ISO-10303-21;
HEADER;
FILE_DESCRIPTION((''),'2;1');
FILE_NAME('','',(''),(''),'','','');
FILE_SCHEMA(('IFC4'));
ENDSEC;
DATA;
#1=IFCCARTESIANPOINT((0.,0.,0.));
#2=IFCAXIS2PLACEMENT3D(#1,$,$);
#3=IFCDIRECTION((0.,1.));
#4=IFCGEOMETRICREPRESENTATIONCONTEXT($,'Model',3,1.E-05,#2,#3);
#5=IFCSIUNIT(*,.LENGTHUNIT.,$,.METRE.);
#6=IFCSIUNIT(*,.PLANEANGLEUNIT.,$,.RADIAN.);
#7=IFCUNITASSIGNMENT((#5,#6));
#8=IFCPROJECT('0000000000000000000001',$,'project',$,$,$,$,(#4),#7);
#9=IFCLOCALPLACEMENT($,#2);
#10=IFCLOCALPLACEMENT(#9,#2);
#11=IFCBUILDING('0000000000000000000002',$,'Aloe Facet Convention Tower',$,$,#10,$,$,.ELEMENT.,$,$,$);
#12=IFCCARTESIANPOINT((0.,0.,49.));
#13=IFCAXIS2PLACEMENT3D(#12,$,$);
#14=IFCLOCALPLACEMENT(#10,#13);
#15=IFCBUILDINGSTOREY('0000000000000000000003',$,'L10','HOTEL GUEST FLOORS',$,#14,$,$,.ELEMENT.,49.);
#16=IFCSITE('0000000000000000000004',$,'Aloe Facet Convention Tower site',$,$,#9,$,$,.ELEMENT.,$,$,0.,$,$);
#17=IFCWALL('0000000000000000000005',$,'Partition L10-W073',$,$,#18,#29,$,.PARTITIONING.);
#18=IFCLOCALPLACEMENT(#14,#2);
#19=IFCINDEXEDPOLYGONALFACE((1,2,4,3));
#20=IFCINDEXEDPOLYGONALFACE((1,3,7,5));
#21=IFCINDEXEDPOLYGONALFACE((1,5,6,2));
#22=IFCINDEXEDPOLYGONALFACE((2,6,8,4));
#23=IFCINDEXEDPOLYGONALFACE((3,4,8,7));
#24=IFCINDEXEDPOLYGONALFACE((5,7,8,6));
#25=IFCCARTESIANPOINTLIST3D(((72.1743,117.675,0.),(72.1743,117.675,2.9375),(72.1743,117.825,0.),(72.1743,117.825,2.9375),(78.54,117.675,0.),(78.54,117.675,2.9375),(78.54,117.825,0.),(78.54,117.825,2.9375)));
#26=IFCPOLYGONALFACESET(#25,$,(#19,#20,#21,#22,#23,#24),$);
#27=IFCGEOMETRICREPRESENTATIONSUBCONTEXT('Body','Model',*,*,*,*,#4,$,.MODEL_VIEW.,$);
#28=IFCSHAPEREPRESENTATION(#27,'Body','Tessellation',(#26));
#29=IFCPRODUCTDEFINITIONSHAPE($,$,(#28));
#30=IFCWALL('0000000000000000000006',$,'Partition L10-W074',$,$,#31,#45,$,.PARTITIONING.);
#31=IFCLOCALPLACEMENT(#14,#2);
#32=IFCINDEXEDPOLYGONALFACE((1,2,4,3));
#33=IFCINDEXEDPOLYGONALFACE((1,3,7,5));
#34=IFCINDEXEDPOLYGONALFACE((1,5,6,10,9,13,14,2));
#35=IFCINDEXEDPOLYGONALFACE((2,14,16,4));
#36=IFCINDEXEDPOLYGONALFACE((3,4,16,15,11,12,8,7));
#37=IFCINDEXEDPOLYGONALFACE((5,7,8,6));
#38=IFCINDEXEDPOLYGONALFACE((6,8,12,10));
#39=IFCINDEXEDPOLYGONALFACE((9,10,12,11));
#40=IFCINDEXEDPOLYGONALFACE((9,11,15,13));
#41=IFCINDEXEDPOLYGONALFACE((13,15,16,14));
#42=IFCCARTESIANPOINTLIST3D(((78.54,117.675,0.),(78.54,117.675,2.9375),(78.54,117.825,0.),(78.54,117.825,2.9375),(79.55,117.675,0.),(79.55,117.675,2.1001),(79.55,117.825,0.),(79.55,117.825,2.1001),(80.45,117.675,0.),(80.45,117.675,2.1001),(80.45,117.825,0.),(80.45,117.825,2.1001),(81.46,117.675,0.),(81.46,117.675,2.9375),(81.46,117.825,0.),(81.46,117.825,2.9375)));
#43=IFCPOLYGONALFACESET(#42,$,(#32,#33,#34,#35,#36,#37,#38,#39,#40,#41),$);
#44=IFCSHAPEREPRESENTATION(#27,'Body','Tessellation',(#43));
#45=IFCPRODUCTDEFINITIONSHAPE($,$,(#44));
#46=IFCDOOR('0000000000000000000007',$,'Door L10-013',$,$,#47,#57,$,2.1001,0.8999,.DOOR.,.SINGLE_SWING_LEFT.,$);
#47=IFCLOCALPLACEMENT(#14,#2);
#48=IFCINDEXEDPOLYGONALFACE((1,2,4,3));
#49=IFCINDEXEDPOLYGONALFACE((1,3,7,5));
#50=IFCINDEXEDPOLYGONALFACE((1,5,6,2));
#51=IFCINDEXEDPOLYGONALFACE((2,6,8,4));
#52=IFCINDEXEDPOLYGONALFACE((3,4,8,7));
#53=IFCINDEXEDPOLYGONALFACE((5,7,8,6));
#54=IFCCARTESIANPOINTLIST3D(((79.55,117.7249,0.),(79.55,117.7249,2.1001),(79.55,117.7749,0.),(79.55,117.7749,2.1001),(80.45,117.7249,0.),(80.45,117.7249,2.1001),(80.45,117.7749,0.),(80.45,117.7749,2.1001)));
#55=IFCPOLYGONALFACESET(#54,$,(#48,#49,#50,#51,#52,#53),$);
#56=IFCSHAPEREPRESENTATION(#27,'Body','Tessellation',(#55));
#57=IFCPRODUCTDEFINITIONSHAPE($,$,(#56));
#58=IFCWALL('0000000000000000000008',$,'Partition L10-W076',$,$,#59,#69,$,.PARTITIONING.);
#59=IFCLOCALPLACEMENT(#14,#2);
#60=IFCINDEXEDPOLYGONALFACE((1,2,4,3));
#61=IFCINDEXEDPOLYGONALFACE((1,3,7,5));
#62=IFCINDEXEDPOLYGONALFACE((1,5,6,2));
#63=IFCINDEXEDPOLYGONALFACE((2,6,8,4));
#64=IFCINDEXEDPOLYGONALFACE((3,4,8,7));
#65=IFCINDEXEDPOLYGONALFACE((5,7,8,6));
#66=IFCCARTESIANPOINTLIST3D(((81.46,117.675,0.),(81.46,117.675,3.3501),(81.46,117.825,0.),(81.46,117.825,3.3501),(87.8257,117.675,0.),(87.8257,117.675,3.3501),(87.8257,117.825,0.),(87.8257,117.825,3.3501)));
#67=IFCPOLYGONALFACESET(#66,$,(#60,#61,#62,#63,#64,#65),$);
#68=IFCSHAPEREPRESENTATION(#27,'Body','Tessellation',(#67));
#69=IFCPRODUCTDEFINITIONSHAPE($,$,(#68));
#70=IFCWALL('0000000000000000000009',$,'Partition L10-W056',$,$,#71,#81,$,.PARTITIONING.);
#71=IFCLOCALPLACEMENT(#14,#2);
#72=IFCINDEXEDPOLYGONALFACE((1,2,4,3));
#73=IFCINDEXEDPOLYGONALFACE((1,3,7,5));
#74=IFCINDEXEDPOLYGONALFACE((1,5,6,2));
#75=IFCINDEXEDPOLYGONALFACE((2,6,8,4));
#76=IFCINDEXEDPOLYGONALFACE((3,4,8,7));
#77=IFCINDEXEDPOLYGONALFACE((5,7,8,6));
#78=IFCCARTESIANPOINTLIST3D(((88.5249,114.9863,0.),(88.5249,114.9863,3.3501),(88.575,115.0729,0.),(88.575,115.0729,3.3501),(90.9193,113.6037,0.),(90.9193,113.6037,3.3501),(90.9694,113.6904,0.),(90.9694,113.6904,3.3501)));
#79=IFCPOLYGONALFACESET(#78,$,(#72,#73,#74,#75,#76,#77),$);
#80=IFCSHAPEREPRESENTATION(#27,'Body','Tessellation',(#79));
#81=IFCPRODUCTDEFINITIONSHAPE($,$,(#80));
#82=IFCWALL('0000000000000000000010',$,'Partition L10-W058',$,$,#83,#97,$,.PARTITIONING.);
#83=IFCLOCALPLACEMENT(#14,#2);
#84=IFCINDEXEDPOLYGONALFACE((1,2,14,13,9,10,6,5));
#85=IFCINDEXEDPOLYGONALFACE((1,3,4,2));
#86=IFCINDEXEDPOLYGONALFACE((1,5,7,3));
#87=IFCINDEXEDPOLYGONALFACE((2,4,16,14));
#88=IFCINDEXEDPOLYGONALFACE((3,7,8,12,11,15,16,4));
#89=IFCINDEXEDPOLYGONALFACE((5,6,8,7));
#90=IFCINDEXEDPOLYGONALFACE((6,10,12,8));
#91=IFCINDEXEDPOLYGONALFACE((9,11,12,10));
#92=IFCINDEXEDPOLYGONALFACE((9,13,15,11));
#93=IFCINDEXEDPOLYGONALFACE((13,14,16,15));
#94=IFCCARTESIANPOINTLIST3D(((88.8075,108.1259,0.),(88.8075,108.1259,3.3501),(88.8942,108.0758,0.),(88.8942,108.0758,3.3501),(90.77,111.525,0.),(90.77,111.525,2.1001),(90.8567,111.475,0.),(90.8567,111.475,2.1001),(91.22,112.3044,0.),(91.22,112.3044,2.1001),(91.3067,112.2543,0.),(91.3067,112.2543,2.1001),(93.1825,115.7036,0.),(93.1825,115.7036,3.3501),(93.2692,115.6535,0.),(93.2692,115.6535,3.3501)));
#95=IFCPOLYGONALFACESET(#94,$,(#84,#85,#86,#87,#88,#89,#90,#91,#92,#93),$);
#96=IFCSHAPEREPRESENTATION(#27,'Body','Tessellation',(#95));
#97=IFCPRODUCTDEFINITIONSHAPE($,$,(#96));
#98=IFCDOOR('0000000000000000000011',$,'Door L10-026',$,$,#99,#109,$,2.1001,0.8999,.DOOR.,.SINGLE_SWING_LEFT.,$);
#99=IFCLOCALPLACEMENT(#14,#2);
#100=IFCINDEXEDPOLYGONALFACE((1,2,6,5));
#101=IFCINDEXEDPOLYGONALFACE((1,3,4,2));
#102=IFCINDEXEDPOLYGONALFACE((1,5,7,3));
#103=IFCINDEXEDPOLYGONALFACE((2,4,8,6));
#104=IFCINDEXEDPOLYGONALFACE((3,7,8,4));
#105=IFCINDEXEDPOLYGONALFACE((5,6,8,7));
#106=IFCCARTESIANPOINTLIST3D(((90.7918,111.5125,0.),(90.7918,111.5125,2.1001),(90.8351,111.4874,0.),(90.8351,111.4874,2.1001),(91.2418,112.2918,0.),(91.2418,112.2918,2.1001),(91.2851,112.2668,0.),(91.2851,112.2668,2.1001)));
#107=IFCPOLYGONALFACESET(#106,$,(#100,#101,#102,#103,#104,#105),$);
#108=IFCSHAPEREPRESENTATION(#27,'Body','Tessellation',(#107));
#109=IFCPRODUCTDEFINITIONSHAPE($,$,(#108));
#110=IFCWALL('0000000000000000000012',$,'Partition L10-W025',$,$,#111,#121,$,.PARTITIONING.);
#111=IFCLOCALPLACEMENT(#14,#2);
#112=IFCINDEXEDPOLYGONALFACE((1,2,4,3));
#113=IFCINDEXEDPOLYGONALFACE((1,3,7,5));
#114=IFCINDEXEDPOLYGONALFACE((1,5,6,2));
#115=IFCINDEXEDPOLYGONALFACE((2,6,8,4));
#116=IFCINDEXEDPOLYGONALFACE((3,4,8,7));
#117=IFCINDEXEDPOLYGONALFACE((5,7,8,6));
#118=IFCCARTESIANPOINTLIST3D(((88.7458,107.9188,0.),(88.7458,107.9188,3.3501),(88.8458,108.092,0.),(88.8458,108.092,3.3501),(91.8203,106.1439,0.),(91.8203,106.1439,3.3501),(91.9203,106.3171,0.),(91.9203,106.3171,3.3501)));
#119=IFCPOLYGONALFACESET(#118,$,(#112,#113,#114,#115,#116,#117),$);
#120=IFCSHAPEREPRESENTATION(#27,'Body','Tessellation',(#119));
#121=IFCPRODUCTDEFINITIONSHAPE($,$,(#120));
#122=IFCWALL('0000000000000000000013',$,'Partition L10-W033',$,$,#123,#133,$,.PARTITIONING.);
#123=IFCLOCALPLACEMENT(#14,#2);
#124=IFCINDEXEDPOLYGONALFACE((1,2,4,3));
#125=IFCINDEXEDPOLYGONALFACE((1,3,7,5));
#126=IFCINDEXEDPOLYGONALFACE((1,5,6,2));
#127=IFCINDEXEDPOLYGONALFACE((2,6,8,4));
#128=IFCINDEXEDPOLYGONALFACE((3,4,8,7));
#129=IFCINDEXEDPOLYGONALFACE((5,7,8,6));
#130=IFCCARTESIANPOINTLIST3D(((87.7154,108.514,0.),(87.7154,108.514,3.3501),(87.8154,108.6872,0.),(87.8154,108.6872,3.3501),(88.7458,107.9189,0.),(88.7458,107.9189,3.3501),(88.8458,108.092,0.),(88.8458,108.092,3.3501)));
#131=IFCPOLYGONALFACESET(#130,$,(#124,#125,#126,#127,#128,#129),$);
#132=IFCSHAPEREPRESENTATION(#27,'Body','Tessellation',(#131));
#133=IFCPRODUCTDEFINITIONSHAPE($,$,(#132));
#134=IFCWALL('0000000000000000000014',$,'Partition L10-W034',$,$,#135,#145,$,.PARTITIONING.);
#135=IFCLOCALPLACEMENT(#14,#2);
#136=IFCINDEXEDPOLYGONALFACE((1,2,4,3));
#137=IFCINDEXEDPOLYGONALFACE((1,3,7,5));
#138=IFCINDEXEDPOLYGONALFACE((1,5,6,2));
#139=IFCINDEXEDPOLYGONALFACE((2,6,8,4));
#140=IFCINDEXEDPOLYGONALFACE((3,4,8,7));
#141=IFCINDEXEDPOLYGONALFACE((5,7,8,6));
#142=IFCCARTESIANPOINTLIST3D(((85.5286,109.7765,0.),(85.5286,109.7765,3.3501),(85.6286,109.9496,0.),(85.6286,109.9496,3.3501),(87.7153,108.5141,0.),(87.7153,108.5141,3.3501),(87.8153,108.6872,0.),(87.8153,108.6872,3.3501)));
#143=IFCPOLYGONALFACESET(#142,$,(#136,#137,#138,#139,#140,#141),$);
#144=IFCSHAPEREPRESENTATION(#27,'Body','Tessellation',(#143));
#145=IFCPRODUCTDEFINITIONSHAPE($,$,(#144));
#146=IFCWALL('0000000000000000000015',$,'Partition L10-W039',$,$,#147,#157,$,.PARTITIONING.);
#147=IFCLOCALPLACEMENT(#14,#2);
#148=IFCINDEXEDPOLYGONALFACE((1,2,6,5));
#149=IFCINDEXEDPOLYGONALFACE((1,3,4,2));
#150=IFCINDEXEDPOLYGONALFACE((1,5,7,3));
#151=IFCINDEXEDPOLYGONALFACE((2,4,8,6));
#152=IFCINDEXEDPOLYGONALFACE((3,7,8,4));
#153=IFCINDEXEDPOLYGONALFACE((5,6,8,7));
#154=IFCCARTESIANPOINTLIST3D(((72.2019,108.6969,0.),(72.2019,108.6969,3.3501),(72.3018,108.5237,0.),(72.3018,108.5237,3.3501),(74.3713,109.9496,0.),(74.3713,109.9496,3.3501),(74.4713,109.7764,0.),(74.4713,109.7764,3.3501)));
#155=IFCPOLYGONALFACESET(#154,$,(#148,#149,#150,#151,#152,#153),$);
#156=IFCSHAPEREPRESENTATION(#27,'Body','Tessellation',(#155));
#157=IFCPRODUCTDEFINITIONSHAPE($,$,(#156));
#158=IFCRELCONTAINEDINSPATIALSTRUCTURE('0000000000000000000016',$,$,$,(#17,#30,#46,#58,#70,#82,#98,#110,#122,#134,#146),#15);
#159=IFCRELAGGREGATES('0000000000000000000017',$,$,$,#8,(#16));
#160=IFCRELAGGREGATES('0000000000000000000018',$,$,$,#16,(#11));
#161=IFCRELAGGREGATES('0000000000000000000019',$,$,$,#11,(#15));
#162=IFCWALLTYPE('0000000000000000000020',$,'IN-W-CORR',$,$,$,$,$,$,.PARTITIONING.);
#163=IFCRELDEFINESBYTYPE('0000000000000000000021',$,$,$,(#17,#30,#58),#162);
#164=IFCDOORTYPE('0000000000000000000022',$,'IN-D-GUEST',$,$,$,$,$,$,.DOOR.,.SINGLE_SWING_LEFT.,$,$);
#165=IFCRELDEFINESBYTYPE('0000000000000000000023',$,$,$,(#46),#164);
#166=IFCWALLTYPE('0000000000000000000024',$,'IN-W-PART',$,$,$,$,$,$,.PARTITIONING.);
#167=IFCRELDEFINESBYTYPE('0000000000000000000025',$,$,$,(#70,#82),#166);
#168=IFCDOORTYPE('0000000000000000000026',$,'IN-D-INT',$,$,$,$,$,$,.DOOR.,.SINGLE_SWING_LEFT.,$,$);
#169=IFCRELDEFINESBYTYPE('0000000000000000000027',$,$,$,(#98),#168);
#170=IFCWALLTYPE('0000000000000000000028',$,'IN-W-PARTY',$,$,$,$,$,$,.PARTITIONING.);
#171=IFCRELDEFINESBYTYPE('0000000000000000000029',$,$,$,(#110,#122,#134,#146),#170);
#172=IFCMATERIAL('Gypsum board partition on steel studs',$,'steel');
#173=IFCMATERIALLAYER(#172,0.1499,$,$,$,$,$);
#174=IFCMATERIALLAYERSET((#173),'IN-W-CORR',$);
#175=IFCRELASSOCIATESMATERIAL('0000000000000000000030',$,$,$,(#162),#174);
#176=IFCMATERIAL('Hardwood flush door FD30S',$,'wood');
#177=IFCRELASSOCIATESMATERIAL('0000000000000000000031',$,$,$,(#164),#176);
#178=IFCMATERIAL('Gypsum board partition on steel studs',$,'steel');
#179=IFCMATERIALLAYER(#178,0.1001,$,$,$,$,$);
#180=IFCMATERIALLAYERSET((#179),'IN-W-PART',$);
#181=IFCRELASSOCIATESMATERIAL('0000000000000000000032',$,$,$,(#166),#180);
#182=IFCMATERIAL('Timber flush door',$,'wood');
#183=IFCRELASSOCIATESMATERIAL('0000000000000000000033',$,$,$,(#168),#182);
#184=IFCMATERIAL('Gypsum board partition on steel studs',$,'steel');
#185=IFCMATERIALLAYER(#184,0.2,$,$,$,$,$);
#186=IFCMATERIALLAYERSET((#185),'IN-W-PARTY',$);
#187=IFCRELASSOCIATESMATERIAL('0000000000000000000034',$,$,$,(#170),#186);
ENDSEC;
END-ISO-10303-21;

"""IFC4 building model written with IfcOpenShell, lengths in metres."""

from ifc_helpers import new_model, si_unit, direction, frame, frame_2d, origin, place, context, subcontext, project, spatial, rectangle, extrude, material, layer, layer_set, type_object, element, fill, save


model = new_model("IFC4")

# Units and contexts
model_context = context("Model", 3, precision=1e-05, world=origin(), true_north=direction((0.0, 1.0)))
body_context = subcontext(model_context, "Body", "Model", "MODEL_VIEW")
ifc_project = project(units=[si_unit("LENGTHUNIT", "METRE"), si_unit("PLANEANGLEUNIT", "RADIAN")], contexts=[model_context])

# Site, building, storey
site_placement = place(None, origin())
site = spatial("IfcSite", under=ifc_project, at=site_placement, Name="Aloe Facet Convention Tower site", CompositionType="ELEMENT", RefElevation=0.0)
building_placement = place(site_placement, origin())
building = spatial("IfcBuilding", under=site, at=building_placement, Name="Aloe Facet Convention Tower", CompositionType="ELEMENT")
storey_placement = place(building_placement, frame((0.0, 0.0, 49.0)))
storey = spatial("IfcBuildingStorey", under=building, at=storey_placement, Name="L10", Description="HOTEL GUEST FLOORS", CompositionType="ELEMENT", Elevation=49.0)

# Shared definitions
ifc_material_1 = material(Name="Gypsum board partition on steel studs", Category="steel")
ifc_layer_1 = layer(ifc_material_1, 0.1499)
ifc_layer_set_1 = layer_set([ifc_layer_1], Name="IN-W-CORR")
wall_type_1 = type_object("IfcWallType", Name="IN-W-CORR", PredefinedType="PARTITIONING", material=ifc_layer_set_1)
ifc_material_2 = material(Name="Hardwood flush door FD30S", Category="wood")
door_type_1 = type_object("IfcDoorType", Name="IN-D-GUEST", OperationType="SINGLE_SWING_LEFT", PredefinedType="DOOR", material=ifc_material_2)

# Wall
wall_1_placement = place(storey_placement, frame((72.1743, 117.75, 0.0), z_axis=(0.0, 0.0, 1.0), x_axis=(1.0, 0.0, 0.0)))
element("IfcWall", 1, at=wall_1_placement, inside=storey, type_object=wall_type_1, Name="Partition L10-W073", PredefinedType="PARTITIONING", context=body_context, shape_type="SweptSolid", body=[
    extrude(rectangle(XDim=6.3657, YDim=0.1499, at=frame_2d((3.1829, 0.0))), origin(), (0.0, 0.0, 1.0), 2.9375),
])

# Wall, opening, door
wall_2_placement = place(storey_placement, frame((78.54, 117.75, 0.0), z_axis=(0.0, 0.0, 1.0), x_axis=(1.0, 0.0, 0.0)))
wall_2 = element("IfcWall", 2, at=wall_2_placement, inside=storey, type_object=wall_type_1, Name="Partition L10-W074", PredefinedType="PARTITIONING", context=body_context, shape_type="SweptSolid", body=[
    extrude(rectangle(XDim=2.9199, YDim=0.1499, at=frame_2d((1.46, 0.0))), origin(), (0.0, 0.0, 1.0), 2.9375),
])
opening_1_placement = place(wall_2_placement, frame((1.01, 0.0, 0.0)))
opening_1 = element("IfcOpeningElement", 3, at=opening_1_placement, cuts=wall_2, PredefinedType="OPENING", context=body_context, shape_type="SweptSolid", body=[
    extrude(rectangle(XDim=0.8999, YDim=2.1001, at=frame_2d((0.45, 1.05))), frame((0.0, 0.085, 0.0), z_axis=(0.0, -1.0, 0.0), x_axis=(1.0, 0.0, 0.0)), (0.0, 0.0, 1.0), 0.1699),
])
door_1_placement = place(opening_1_placement, origin())
door_1 = element("IfcDoor", 4, at=door_1_placement, inside=storey, type_object=door_type_1, Name="Door L10-013", OperationType="SINGLE_SWING_LEFT", OverallHeight=2.1001, OverallWidth=0.8999, PredefinedType="DOOR", context=body_context, shape_type="SweptSolid", body=[
    extrude(rectangle(XDim=0.8999, YDim=2.1001, at=frame_2d((0.45, 1.05))), frame((0.0, 0.0249, 0.0), z_axis=(0.0, -1.0, 0.0), x_axis=(1.0, 0.0, 0.0)), (0.0, 0.0, 1.0), 0.05),
])
fill(opening_1, door_1)

# Walls
wall_3_placement = place(storey_placement, frame((81.46, 117.75, 0.0), z_axis=(0.0, 0.0, 1.0), x_axis=(1.0, 0.0, 0.0)))
element("IfcWall", 5, at=wall_3_placement, inside=storey, type_object=wall_type_1, Name="Partition L10-W076", PredefinedType="PARTITIONING", context=body_context, shape_type="SweptSolid", body=[
    extrude(rectangle(XDim=6.3657, YDim=0.1499, at=frame_2d((3.1829, 0.0))), origin(), (0.0, 0.0, 1.0), 3.3501),
])
ifc_material_3 = material(Name="Gypsum board partition on steel studs", Category="steel")
ifc_layer_2 = layer(ifc_material_3, 0.1001)
ifc_layer_set_2 = layer_set([ifc_layer_2], Name="IN-W-PART")
wall_type_2 = type_object("IfcWallType", Name="IN-W-PART", PredefinedType="PARTITIONING", material=ifc_layer_set_2)
wall_4_placement = place(storey_placement, frame((88.55, 115.0295, 0.0), z_axis=(0.0, 0.0, 1.0), x_axis=(0.866012, -0.500023, 0.0)))
element("IfcWall", 6, at=wall_4_placement, inside=storey, type_object=wall_type_2, Name="Partition L10-W056", PredefinedType="PARTITIONING", context=body_context, shape_type="SweptSolid", body=[
    extrude(rectangle(XDim=2.7649, YDim=0.1001, at=frame_2d((1.3823, 0.0))), origin(), (0.0, 0.0, 1.0), 3.3501),
])

# Wall, opening, door
wall_5_placement = place(storey_placement, frame((88.8508, 108.1008, 0.0), z_axis=(0.0, 0.0, 1.0), x_axis=(0.500004, 0.866023, 0.0)))
wall_5 = element("IfcWall", 7, at=wall_5_placement, inside=storey, type_object=wall_type_2, Name="Partition L10-W058", PredefinedType="PARTITIONING", context=body_context, shape_type="SweptSolid", body=[
    extrude(rectangle(XDim=8.75, YDim=0.1001, at=frame_2d((4.375, 0.0))), origin(), (0.0, 0.0, 1.0), 3.3501),
])
opening_2_placement = place(wall_5_placement, frame((3.925, 0.0, 0.0)))
opening_2 = element("IfcOpeningElement", 8, at=opening_2_placement, cuts=wall_5, PredefinedType="OPENING", context=body_context, shape_type="SweptSolid", body=[
    extrude(rectangle(XDim=0.8999, YDim=2.1001, at=frame_2d((0.45, 1.05))), frame((0.0, 0.0601, 0.0), z_axis=(0.0, -1.0, 0.0), x_axis=(1.0, 0.0, 0.0)), (0.0, 0.0, 1.0), 0.1201),
])
ifc_material_4 = material(Name="Timber flush door", Category="wood")
door_type_2 = type_object("IfcDoorType", Name="IN-D-INT", OperationType="SINGLE_SWING_LEFT", PredefinedType="DOOR", material=ifc_material_4)
door_2_placement = place(opening_2_placement, origin())
door_2 = element("IfcDoor", 9, at=door_2_placement, inside=storey, type_object=door_type_2, Name="Door L10-026", OperationType="SINGLE_SWING_LEFT", OverallHeight=2.1001, OverallWidth=0.8999, PredefinedType="DOOR", context=body_context, shape_type="SweptSolid", body=[
    extrude(rectangle(XDim=0.8999, YDim=2.1001, at=frame_2d((0.45, 1.05))), frame((0.0, 0.0249, 0.0), z_axis=(0.0, -1.0, 0.0), x_axis=(1.0, 0.0, 0.0)), (0.0, 0.0, 1.0), 0.05),
])
fill(opening_2, door_2)

# Walls
ifc_material_5 = material(Name="Gypsum board partition on steel studs", Category="steel")
ifc_layer_3 = layer(ifc_material_5, 0.2)
ifc_layer_set_3 = layer_set([ifc_layer_3], Name="IN-W-PARTY")
wall_type_3 = type_object("IfcWallType", Name="IN-W-PARTY", PredefinedType="PARTITIONING", material=ifc_layer_set_3)
wall_6_placement = place(storey_placement, frame((88.7959, 108.0054, 0.0), z_axis=(0.0, 0.0, 1.0), x_axis=(0.866042, -0.49997, 0.0)))
element("IfcWall", 10, at=wall_6_placement, inside=storey, type_object=wall_type_3, Name="Partition L10-W025", PredefinedType="PARTITIONING", context=body_context, shape_type="SweptSolid", body=[
    extrude(rectangle(XDim=3.55, YDim=0.2, at=frame_2d((1.7749, 0.0))), origin(), (0.0, 0.0, 1.0), 3.3501),
])
wall_7_placement = place(storey_placement, frame((87.7654, 108.6006, 0.0), z_axis=(0.0, 0.0, 1.0), x_axis=(0.865936, -0.500155, 0.0)))
element("IfcWall", 11, at=wall_7_placement, inside=storey, type_object=wall_type_3, Name="Partition L10-W033", PredefinedType="PARTITIONING", context=body_context, shape_type="SweptSolid", body=[
    extrude(rectangle(XDim=1.1899, YDim=0.2, at=frame_2d((0.595, 0.0))), origin(), (0.0, 0.0, 1.0), 3.3501),
])
wall_8_placement = place(storey_placement, frame((85.5786, 109.863, 0.0), z_axis=(0.0, 0.0, 1.0), x_axis=(0.866039, -0.499976, 0.0)))
element("IfcWall", 12, at=wall_8_placement, inside=storey, type_object=wall_type_3, Name="Partition L10-W034", PredefinedType="PARTITIONING", context=body_context, shape_type="SweptSolid", body=[
    extrude(rectangle(XDim=2.5249, YDim=0.2, at=frame_2d((1.2625, 0.0))), origin(), (0.0, 0.0, 1.0), 3.3501),
])
wall_9_placement = place(storey_placement, frame((72.252, 108.6104, 0.0), z_axis=(0.0, 0.0, 1.0), x_axis=(0.865997, 0.500049, 0.0)))
element("IfcWall", 13, at=wall_9_placement, inside=storey, type_object=wall_type_3, Name="Partition L10-W039", PredefinedType="PARTITIONING", context=body_context, shape_type="SweptSolid", body=[
    extrude(rectangle(XDim=2.5051, YDim=0.2, at=frame_2d((1.2524, 0.0))), origin(), (0.0, 0.0, 1.0), 3.3501),
])

save(model, "model.ifc")
